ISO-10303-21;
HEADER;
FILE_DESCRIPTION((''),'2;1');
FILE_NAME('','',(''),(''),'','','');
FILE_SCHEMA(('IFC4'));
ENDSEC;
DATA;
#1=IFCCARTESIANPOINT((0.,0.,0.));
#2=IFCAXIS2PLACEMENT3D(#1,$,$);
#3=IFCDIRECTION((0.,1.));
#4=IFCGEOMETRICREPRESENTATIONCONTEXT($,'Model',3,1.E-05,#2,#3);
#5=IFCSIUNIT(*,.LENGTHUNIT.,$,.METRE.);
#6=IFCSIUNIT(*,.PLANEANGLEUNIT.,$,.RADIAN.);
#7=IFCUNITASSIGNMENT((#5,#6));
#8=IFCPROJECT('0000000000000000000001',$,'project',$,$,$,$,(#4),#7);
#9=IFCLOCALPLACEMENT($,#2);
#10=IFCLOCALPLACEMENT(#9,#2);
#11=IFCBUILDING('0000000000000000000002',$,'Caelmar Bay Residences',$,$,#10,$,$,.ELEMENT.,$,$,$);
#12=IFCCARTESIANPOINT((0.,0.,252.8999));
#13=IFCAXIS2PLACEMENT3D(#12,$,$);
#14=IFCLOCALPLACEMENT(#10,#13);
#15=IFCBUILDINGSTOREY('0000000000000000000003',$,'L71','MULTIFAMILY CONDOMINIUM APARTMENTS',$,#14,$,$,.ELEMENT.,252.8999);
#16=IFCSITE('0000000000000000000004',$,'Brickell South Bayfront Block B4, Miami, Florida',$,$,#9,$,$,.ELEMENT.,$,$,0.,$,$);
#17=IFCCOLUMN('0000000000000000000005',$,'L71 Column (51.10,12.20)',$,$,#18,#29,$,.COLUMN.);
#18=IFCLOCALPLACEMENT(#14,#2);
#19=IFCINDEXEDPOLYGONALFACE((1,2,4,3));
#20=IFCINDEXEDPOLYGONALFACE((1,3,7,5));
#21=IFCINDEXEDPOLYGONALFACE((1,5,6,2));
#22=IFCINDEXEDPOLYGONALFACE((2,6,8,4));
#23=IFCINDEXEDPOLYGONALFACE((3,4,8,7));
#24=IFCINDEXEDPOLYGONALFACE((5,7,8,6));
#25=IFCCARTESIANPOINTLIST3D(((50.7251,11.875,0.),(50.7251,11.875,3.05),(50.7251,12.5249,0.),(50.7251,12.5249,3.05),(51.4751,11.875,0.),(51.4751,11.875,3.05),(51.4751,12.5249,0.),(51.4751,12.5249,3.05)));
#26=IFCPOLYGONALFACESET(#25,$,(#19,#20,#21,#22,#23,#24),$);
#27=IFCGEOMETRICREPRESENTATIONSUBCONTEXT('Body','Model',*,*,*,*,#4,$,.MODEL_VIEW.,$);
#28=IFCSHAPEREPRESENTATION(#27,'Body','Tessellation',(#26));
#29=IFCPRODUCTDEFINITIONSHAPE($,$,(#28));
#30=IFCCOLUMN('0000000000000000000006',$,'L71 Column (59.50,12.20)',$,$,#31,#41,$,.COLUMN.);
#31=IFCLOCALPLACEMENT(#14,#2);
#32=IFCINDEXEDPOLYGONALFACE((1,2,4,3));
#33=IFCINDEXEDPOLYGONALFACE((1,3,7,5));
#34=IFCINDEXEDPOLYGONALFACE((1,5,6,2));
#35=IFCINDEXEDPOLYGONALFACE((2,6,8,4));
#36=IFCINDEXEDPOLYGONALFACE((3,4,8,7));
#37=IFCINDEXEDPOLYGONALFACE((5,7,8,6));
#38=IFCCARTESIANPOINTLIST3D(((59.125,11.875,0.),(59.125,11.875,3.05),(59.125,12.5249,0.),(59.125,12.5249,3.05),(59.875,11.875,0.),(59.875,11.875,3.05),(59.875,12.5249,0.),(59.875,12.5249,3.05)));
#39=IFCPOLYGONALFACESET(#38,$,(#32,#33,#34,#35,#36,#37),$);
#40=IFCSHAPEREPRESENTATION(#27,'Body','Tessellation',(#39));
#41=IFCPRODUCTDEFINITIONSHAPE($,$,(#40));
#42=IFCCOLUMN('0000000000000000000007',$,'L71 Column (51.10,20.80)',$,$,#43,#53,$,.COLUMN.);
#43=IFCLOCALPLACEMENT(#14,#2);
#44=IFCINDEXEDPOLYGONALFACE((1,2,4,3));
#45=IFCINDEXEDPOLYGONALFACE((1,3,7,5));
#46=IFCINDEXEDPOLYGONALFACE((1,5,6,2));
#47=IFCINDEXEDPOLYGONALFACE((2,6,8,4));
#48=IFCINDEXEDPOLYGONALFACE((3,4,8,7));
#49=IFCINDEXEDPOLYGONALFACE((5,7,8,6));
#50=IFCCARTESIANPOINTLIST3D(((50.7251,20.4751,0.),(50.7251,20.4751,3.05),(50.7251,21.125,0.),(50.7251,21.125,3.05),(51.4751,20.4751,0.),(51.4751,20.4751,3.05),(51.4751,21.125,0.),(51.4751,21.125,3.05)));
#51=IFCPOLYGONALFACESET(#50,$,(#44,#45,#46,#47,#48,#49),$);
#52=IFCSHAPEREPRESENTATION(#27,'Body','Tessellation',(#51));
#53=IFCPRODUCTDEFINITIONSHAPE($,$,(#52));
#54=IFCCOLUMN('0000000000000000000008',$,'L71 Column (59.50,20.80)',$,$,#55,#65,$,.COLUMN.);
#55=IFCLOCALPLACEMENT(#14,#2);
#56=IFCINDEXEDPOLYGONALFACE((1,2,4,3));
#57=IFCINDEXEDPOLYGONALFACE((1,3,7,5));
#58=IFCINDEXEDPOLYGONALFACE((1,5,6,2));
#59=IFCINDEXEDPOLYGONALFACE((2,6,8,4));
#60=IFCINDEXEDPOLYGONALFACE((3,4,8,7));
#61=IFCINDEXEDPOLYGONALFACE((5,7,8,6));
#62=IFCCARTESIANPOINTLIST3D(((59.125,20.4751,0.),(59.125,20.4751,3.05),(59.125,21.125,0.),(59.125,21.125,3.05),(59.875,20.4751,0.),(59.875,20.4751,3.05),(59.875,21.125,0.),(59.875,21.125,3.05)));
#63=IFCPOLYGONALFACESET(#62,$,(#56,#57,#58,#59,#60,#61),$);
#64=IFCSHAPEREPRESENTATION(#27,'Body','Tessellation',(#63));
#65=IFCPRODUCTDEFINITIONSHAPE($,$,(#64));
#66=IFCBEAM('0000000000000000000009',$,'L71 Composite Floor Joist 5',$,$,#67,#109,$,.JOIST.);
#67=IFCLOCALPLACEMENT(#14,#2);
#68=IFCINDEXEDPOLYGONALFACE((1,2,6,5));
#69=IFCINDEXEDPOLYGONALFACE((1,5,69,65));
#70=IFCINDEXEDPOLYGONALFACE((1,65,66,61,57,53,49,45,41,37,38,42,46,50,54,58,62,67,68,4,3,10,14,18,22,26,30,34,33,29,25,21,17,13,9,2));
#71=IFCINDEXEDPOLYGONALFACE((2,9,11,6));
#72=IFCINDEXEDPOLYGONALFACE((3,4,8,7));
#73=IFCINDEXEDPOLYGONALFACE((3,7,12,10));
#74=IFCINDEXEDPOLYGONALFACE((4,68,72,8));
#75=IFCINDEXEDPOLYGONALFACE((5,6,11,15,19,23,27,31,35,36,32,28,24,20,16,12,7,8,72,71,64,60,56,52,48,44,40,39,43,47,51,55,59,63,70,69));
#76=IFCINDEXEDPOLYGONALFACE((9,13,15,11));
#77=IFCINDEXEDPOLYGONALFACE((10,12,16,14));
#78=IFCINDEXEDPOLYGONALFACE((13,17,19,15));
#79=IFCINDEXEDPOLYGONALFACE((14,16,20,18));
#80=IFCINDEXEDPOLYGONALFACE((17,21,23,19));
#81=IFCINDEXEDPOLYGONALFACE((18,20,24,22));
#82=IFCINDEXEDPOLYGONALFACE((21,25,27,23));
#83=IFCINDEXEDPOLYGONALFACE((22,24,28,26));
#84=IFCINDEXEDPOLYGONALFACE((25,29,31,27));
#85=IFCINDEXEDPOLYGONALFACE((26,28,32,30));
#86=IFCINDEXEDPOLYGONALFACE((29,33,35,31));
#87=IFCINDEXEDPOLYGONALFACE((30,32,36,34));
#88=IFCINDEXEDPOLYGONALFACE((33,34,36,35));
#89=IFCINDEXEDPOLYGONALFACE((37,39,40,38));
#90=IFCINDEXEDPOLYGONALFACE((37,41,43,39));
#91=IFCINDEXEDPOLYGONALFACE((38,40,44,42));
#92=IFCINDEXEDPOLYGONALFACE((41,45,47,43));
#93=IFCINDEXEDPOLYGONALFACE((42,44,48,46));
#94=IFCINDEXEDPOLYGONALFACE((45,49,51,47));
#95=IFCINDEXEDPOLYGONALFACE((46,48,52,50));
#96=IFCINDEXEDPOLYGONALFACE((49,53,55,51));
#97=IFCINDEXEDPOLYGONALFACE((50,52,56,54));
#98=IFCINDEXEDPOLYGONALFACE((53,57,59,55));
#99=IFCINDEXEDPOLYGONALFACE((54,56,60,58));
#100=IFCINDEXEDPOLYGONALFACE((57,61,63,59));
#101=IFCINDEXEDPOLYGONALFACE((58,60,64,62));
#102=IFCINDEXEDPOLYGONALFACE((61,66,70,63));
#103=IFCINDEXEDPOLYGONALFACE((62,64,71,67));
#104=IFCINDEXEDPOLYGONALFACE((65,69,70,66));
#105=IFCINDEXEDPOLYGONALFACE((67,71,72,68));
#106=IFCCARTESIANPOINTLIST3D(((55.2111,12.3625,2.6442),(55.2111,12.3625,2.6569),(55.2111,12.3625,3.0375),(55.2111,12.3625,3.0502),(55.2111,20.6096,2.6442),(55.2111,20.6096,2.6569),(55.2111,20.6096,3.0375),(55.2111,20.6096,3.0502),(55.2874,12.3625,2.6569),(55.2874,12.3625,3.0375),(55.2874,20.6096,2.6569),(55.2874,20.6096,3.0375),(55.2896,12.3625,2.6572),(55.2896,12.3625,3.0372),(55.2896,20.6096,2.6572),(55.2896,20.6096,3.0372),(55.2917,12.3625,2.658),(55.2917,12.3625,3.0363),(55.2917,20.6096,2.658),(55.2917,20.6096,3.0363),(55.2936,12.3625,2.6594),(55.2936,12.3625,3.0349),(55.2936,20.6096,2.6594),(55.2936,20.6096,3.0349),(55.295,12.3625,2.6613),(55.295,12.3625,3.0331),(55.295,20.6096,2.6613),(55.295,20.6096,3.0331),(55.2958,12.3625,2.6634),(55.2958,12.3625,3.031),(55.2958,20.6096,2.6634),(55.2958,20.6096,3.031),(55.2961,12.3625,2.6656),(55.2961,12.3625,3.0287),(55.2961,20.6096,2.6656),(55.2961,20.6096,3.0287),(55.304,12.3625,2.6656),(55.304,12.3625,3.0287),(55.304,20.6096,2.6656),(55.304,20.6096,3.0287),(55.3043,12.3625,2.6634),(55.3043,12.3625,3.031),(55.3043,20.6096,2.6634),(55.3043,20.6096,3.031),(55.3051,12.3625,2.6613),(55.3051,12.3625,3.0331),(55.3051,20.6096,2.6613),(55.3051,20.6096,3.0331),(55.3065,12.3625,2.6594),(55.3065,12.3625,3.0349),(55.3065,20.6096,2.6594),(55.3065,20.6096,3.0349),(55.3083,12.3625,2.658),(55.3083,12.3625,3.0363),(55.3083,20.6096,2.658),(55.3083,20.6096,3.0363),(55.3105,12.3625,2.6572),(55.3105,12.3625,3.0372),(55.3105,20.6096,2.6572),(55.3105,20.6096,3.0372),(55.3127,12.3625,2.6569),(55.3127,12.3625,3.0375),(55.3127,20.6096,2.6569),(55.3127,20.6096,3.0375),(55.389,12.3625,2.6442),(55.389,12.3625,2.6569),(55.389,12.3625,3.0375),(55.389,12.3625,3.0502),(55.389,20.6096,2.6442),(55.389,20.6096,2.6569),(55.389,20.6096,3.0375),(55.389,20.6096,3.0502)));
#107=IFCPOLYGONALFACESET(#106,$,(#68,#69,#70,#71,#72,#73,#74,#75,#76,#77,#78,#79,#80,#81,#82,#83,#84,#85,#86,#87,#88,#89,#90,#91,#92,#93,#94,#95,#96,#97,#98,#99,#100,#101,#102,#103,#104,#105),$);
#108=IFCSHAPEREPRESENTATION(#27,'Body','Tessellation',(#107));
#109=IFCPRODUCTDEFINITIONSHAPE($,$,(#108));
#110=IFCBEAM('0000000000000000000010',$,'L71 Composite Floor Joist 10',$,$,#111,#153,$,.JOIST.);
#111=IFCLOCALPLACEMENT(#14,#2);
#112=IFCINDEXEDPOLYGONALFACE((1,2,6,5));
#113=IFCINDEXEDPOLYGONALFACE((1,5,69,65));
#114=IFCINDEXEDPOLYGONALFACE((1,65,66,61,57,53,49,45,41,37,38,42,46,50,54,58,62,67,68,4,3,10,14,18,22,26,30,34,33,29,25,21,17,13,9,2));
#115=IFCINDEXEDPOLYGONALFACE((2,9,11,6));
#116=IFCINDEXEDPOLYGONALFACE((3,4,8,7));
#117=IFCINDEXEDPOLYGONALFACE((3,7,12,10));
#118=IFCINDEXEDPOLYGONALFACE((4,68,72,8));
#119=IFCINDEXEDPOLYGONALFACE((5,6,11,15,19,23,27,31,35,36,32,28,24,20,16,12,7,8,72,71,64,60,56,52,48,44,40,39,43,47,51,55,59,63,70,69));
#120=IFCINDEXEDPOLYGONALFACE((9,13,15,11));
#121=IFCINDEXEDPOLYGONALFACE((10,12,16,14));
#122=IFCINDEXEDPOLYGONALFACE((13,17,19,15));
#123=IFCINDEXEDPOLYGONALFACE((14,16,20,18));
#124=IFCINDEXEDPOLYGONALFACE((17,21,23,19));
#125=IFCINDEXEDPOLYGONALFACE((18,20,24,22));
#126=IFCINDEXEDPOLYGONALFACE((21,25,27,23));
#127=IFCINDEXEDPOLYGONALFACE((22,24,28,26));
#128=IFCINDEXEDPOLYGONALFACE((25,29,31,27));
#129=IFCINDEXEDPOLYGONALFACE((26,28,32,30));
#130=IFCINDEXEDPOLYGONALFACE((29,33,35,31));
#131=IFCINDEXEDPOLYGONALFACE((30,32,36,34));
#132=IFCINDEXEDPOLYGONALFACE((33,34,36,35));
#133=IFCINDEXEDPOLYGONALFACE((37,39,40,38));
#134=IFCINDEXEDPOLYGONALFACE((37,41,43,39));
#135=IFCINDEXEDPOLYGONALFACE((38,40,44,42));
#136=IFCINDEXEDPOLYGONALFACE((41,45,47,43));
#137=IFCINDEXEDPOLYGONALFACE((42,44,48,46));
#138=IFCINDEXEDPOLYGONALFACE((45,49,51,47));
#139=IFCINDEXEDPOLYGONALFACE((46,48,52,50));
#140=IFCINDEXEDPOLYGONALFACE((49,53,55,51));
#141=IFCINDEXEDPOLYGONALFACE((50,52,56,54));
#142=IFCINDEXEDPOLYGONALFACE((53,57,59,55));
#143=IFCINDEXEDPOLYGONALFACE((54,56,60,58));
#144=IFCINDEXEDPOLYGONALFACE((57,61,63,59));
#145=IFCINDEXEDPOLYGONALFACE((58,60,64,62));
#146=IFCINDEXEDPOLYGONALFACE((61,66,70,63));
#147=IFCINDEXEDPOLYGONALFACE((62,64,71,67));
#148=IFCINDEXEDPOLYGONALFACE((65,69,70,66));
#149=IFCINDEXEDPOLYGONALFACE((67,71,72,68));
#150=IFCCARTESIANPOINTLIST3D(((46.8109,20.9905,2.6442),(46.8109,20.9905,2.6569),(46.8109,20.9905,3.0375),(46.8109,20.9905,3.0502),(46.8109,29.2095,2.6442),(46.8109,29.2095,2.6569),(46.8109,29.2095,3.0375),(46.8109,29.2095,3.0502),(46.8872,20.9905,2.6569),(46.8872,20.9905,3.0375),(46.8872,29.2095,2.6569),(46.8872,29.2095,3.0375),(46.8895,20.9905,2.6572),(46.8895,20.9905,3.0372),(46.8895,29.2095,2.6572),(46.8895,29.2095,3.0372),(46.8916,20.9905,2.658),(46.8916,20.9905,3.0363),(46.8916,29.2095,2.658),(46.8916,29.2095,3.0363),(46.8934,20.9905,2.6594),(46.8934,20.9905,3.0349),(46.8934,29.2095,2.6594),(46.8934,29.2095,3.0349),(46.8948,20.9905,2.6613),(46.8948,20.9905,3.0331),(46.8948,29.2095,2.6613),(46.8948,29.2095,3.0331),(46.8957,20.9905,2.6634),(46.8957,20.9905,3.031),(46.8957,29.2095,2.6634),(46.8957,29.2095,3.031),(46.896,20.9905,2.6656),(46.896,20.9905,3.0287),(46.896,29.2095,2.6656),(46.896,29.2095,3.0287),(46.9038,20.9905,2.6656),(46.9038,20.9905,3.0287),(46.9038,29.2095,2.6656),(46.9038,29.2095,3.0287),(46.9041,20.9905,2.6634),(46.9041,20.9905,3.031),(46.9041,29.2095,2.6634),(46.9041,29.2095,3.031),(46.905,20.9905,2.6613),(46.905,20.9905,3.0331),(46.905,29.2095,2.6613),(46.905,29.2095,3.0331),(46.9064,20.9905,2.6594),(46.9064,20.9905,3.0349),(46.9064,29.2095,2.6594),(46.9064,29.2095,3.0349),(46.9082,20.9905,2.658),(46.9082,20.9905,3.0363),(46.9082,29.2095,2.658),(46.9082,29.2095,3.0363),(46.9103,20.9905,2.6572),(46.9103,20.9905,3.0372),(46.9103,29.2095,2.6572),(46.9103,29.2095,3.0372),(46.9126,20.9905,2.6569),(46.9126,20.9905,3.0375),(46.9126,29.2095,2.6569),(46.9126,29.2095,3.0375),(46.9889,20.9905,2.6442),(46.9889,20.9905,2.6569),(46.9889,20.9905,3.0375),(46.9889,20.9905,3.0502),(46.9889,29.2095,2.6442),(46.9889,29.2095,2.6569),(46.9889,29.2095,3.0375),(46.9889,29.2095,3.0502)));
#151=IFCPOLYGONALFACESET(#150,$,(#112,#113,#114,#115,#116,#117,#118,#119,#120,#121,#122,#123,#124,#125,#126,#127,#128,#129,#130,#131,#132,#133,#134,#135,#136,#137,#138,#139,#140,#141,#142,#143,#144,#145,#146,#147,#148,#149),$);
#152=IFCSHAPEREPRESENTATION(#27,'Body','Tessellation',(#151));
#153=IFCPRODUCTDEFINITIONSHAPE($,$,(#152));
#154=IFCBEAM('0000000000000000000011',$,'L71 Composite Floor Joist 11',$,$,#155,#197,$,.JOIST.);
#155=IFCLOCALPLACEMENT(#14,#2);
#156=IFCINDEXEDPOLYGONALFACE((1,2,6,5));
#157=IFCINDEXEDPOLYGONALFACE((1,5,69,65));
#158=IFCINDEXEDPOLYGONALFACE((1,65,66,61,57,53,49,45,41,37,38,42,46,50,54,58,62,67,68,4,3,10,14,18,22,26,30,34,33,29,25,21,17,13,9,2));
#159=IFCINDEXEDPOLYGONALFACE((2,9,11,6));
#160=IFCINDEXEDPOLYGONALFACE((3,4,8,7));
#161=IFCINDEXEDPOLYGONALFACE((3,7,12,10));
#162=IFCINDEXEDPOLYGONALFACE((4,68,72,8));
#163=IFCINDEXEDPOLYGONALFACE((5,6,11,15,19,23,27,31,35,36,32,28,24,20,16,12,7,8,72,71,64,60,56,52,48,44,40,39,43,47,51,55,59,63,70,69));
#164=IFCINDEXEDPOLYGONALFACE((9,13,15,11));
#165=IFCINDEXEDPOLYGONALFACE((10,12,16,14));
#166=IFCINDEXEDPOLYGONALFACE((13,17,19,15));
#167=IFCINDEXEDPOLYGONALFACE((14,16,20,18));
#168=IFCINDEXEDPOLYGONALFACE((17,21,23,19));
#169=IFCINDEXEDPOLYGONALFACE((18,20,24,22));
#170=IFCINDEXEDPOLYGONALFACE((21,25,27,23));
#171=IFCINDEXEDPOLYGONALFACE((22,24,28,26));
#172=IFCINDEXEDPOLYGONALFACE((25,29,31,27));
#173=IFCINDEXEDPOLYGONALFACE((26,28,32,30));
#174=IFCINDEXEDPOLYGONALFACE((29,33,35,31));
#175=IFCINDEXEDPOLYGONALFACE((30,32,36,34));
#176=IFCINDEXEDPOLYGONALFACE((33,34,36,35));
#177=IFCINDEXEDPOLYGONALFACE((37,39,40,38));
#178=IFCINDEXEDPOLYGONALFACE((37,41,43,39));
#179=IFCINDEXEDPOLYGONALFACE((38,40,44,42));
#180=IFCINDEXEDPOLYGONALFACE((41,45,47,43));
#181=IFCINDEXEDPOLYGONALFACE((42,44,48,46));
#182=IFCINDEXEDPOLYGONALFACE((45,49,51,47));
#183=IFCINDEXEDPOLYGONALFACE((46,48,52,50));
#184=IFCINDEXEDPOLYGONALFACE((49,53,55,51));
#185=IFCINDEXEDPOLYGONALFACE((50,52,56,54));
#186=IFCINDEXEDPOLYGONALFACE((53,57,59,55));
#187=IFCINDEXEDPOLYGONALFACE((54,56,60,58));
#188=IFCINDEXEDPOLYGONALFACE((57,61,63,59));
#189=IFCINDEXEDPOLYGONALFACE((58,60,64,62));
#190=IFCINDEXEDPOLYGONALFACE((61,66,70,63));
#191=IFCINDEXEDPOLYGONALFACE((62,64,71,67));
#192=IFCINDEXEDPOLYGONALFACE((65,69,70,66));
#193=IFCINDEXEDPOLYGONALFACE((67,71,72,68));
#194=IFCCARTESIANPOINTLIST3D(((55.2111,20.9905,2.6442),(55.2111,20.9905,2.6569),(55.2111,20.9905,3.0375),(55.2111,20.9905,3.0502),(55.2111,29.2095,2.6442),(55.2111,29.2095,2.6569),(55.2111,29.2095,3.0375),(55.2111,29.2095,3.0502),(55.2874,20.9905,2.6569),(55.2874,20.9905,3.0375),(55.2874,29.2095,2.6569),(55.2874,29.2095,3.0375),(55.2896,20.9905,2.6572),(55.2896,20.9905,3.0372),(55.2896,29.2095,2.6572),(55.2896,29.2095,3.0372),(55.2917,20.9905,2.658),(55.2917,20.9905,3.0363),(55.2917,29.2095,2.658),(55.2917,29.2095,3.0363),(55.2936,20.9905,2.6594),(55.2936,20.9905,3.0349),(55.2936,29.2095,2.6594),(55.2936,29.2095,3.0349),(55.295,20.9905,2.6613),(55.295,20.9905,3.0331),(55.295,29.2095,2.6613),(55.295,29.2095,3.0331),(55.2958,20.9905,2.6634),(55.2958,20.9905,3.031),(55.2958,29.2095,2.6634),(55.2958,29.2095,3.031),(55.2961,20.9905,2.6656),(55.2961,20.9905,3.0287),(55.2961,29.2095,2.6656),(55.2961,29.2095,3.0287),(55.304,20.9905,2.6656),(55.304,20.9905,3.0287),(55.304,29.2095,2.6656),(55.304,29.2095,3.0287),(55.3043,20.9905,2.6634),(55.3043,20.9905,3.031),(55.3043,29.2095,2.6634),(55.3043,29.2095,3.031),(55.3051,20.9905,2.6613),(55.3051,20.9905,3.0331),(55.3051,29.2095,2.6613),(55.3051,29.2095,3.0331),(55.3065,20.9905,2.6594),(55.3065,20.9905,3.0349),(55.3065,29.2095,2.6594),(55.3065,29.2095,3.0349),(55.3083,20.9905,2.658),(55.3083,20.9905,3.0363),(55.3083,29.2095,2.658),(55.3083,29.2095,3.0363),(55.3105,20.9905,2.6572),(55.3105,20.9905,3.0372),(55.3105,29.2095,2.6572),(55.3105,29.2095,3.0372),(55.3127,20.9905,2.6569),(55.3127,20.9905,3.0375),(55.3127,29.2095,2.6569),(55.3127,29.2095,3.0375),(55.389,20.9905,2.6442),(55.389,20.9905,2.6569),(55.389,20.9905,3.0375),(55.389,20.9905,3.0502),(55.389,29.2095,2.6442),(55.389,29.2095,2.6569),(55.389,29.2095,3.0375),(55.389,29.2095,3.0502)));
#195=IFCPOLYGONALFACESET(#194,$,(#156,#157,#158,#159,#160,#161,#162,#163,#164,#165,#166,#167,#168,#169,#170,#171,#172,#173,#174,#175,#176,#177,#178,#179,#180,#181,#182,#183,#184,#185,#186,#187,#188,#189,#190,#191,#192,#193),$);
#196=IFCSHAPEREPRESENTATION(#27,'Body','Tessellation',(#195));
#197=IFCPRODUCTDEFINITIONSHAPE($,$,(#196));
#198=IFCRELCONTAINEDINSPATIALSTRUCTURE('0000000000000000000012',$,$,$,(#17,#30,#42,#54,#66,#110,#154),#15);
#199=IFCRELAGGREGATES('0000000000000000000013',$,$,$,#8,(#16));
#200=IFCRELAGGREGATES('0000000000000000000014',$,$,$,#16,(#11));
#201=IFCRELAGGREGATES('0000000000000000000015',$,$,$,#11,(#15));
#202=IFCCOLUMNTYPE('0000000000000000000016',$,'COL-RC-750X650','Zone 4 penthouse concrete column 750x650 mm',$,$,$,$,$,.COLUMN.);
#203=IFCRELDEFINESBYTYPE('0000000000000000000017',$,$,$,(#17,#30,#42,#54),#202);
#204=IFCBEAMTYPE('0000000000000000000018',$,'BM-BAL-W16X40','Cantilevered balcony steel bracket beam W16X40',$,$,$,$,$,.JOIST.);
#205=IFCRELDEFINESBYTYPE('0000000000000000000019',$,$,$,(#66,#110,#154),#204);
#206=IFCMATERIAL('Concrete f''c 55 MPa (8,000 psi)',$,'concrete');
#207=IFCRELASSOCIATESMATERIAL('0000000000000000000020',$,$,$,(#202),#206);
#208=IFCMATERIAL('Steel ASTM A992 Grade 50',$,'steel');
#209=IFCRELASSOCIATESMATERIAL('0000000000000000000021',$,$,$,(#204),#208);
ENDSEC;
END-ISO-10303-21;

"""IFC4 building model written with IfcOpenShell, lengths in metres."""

from ifc_helpers import new_model, si_unit, direction, frame, origin, origin_2d, place, context, subcontext, project, spatial, rectangle, i_section, extrude, material, material_profile, profile_set, type_object, element, save


model = new_model("IFC4")

# Units and contexts
model_context = context("Model", 3, precision=1e-05, world=origin(), true_north=direction((0.0, 1.0)))
body_context = subcontext(model_context, "Body", "Model", "MODEL_VIEW")
ifc_project = project(units=[si_unit("LENGTHUNIT", "METRE"), si_unit("PLANEANGLEUNIT", "RADIAN")], contexts=[model_context])

# Site, building, storey
site_placement = place(None, origin())
site = spatial("IfcSite", under=ifc_project, at=site_placement, Name="Brickell South Bayfront Block B4, Miami, Florida", CompositionType="ELEMENT", RefElevation=0.0)
building_placement = place(site_placement, origin())
building = spatial("IfcBuilding", under=site, at=building_placement, Name="Caelmar Bay Residences", CompositionType="ELEMENT")
storey_placement = place(building_placement, frame((0.0, 0.0, 252.8999)))
storey = spatial("IfcBuildingStorey", under=building, at=storey_placement, Name="L71", Description="MULTIFAMILY CONDOMINIUM APARTMENTS", CompositionType="ELEMENT", Elevation=252.8999)

# Columns
ifc_material_1 = material(Name="Concrete f'c 55 MPa (8,000 psi)", Category="concrete")
ifc_material_profile_1 = material_profile(ifc_material_1, rectangle(XDim=0.75, YDim=0.6499, at=origin_2d()), Name="RC-COL-750X650")
ifc_profile_set_1 = profile_set([ifc_material_profile_1], Name="Concrete f'c 55 MPa (8,000 psi)")
column_type = type_object("IfcColumnType", Name="COL-RC-750X650", Description="Zone 4 penthouse concrete column 750x650 mm", PredefinedType="COLUMN", material=ifc_profile_set_1)
for number, where, z_axis, x_axis, name in (
    (1, (51.1001, 12.2, 0.0), (0.0, 0.0, 1.0), (1.0, 0.0, 0.0), "L71 Column (51.10,12.20)"),
    (2, (59.5, 12.2, 0.0), (0.0, 0.0, 1.0), (1.0, 0.0, 0.0), "L71 Column (59.50,12.20)"),
    (3, (51.1001, 20.8, 0.0), (0.0, 0.0, 1.0), (1.0, 0.0, 0.0), "L71 Column (51.10,20.80)"),
    (4, (59.5, 20.8, 0.0), (0.0, 0.0, 1.0), (1.0, 0.0, 0.0), "L71 Column (59.50,20.80)"),
):
    element("IfcColumn", number, at=place(storey_placement, frame(where, z_axis=z_axis, x_axis=x_axis)), inside=storey, type_object=column_type, Name=name, PredefinedType="COLUMN", context=body_context, shape_type="SweptSolid", body=[
        extrude(rectangle(XDim=0.75, YDim=0.6499, at=origin_2d()), origin(), (0.0, 0.0, 1.0), 3.05),
    ])

# Beams
ifc_material_2 = material(Name="Steel ASTM A992 Grade 50", Category="steel")
ifc_material_profile_2 = material_profile(ifc_material_2, i_section(OverallWidth=0.178, OverallDepth=0.406, WebThickness=0.0078, FlangeThickness=0.0127, FilletRadius=0.0088, at=origin_2d()), Name="W16X40")
ifc_profile_set_2 = profile_set([ifc_material_profile_2], Name="Steel ASTM A992 Grade 50")
beam_type_1 = type_object("IfcBeamType", Name="BM-BAL-W16X40", Description="Cantilevered balcony steel bracket beam W16X40", PredefinedType="JOIST", material=ifc_profile_set_2)
beam_1_placement = place(storey_placement, frame((55.3, 12.3625, 2.8472), z_axis=(0.0, 1.0, 0.0), x_axis=(-1.0, 0.0, 0.0)))
element("IfcBeam", 5, at=beam_1_placement, inside=storey, type_object=beam_type_1, Name="L71 Composite Floor Joist 5", PredefinedType="JOIST", context=body_context, shape_type="SweptSolid", body=[
    extrude(i_section(OverallWidth=0.178, OverallDepth=0.406, WebThickness=0.0078, FlangeThickness=0.0127, FilletRadius=0.0088, at=origin_2d()), origin(), (0.0, 0.0, 1.0), 8.2471),
])
for number, where, z_axis, x_axis, name in (
    (6, (46.8999, 20.9905, 2.8472), (0.0, 1.0, 0.0), (-1.0, 0.0, 0.0), "L71 Composite Floor Joist 10"),
    (7, (55.3, 20.9905, 2.8472), (0.0, 1.0, 0.0), (-1.0, 0.0, 0.0), "L71 Composite Floor Joist 11"),
):
    element("IfcBeam", number, at=place(storey_placement, frame(where, z_axis=z_axis, x_axis=x_axis)), inside=storey, type_object=beam_type_1, Name=name, PredefinedType="JOIST", context=body_context, shape_type="SweptSolid", body=[
        extrude(i_section(OverallWidth=0.178, OverallDepth=0.406, WebThickness=0.0078, FlangeThickness=0.0127, FilletRadius=0.0088, at=origin_2d()), origin(), (0.0, 0.0, 1.0), 8.219),
    ])

save(model, "model.ifc")
